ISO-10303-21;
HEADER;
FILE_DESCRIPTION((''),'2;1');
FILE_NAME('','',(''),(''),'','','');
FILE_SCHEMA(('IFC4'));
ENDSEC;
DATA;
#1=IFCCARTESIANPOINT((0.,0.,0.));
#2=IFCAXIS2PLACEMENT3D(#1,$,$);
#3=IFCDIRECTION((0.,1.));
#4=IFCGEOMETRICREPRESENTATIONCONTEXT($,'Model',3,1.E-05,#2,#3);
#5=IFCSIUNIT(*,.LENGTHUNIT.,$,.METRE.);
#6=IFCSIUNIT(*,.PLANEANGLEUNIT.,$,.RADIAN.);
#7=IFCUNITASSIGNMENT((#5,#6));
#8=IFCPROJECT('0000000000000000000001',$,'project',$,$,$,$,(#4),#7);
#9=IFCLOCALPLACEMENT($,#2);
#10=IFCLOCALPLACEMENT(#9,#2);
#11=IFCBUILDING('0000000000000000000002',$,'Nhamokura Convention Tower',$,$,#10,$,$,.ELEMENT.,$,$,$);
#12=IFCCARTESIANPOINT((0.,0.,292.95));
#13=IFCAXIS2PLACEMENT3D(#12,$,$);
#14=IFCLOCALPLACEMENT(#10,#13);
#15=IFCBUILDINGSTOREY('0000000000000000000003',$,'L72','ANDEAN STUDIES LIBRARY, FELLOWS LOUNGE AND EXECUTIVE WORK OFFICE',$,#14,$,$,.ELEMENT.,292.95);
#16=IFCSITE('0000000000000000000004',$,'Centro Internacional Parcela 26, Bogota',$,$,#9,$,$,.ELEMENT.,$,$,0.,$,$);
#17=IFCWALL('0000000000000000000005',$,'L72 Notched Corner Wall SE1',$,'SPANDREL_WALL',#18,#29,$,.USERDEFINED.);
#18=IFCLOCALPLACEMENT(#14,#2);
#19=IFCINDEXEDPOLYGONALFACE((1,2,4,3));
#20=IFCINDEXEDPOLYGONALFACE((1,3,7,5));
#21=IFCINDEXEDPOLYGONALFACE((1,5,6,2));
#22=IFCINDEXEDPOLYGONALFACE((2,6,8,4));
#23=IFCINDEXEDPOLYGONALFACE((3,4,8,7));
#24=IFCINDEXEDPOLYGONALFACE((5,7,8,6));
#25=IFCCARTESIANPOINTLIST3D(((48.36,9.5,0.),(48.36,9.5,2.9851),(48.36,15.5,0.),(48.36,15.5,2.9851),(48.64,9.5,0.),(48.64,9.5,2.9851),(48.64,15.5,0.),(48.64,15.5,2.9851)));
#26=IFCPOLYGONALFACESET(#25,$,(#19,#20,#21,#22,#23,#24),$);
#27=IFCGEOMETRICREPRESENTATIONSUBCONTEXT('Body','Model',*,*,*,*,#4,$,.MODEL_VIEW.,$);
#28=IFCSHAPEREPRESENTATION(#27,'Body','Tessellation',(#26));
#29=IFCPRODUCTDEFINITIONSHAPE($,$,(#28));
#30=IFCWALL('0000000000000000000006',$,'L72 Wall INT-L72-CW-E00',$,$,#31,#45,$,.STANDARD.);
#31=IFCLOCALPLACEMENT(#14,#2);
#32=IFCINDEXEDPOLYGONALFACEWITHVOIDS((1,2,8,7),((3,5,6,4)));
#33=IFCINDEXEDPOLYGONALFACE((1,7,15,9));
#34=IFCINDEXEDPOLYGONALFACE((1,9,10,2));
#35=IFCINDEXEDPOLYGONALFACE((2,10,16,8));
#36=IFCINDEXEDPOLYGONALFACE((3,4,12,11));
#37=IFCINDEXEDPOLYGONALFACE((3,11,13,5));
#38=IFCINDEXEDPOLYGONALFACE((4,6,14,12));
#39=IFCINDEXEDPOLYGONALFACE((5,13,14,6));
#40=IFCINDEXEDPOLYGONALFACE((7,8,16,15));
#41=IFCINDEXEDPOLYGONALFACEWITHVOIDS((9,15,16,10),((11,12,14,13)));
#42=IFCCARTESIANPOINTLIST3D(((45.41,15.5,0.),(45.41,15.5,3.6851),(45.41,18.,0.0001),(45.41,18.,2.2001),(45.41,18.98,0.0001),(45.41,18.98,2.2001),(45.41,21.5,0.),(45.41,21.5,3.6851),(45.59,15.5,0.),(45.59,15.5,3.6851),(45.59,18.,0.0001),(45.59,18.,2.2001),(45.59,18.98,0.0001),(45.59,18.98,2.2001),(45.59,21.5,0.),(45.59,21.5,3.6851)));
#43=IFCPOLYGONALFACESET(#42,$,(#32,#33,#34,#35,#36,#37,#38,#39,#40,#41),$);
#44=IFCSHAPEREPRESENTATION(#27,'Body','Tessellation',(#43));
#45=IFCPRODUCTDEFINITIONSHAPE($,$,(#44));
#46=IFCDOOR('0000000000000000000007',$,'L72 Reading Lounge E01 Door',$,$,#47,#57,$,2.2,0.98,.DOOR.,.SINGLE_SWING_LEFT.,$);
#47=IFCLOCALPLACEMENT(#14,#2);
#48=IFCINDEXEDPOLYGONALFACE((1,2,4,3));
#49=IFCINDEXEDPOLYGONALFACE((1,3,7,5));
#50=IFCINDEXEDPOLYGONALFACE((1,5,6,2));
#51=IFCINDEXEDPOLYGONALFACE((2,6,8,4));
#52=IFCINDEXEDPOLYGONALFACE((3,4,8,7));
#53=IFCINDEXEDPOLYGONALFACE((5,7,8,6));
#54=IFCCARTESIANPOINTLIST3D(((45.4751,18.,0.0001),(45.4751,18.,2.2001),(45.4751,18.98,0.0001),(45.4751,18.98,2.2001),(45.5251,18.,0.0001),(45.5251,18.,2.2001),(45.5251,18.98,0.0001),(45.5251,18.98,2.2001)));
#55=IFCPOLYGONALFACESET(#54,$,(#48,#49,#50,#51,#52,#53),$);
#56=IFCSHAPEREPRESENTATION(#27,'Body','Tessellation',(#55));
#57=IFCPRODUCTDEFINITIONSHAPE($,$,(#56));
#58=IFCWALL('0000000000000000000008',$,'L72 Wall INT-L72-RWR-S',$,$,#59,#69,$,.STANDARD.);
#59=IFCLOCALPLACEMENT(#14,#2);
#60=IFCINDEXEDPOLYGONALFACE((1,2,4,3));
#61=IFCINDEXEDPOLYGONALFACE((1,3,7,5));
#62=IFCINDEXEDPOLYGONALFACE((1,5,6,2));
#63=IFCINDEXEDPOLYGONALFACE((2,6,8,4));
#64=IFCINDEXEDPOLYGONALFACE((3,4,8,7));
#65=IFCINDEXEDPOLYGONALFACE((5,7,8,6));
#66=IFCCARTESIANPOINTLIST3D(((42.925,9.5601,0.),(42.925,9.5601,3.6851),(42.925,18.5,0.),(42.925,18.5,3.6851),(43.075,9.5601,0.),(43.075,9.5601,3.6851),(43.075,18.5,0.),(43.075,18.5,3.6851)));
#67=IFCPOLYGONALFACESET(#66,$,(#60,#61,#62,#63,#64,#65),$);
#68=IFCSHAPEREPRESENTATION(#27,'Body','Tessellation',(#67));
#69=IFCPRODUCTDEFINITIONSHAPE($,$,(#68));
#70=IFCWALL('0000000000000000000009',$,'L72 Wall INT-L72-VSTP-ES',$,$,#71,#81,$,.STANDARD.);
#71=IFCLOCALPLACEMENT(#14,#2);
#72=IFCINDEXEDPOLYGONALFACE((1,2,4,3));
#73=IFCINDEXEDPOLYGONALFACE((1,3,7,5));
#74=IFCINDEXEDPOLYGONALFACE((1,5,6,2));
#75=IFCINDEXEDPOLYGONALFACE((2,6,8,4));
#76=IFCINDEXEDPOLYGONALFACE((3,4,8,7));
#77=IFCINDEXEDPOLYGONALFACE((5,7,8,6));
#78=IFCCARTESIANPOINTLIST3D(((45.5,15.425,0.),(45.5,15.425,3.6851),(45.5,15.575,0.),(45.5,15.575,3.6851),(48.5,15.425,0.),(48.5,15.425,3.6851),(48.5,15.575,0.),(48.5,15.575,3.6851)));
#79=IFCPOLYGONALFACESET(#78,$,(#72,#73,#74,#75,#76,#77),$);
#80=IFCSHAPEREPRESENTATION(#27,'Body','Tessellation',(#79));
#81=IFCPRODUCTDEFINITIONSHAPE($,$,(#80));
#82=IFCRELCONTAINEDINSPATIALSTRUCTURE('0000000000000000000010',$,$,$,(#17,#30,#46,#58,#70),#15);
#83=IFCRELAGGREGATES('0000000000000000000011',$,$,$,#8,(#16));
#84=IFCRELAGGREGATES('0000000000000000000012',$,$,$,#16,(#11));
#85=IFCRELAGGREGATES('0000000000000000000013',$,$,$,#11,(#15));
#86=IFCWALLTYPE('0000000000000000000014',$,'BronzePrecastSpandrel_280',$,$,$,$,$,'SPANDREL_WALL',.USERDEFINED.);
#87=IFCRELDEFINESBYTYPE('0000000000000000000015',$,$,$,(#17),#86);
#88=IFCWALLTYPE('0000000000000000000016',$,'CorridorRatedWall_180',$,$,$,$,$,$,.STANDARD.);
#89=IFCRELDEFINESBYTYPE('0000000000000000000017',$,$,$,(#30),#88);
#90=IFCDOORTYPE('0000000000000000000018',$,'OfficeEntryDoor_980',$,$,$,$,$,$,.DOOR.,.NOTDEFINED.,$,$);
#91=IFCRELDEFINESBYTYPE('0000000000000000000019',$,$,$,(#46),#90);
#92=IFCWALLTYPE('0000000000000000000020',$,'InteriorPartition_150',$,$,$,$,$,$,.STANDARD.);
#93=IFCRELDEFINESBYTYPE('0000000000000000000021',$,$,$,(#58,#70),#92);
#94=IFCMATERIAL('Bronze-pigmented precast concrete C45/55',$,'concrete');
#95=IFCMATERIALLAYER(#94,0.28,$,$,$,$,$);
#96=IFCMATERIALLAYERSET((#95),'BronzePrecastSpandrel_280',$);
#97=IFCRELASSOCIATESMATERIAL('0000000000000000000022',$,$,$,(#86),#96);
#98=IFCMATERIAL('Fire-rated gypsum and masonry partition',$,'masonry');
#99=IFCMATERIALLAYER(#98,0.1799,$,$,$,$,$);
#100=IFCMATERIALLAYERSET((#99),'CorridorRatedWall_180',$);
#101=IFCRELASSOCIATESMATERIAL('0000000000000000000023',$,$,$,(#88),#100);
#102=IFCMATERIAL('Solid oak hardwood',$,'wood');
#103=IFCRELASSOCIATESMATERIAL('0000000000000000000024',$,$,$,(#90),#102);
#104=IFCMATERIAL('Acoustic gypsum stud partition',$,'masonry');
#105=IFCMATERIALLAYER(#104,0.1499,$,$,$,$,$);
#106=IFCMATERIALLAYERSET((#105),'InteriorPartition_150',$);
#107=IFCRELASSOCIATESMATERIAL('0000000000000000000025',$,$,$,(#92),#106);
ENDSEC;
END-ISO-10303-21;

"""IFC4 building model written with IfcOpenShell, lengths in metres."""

from ifc_helpers import new_model, si_unit, direction, frame, frame_2d, origin, place, context, subcontext, project, spatial, rectangle, extrude, material, layer, layer_set, type_object, element, fill, save


model = new_model("IFC4")

# Units and contexts
model_context = context("Model", 3, precision=1e-05, world=origin(), true_north=direction((0.0, 1.0)))
body_context = subcontext(model_context, "Body", "Model", "MODEL_VIEW")
ifc_project = project(units=[si_unit("LENGTHUNIT", "METRE"), si_unit("PLANEANGLEUNIT", "RADIAN")], contexts=[model_context])

# Site, building, storey
site_placement = place(None, origin())
site = spatial("IfcSite", under=ifc_project, at=site_placement, Name="Centro Internacional Parcela 26, Bogota", CompositionType="ELEMENT", RefElevation=0.0)
building_placement = place(site_placement, origin())
building = spatial("IfcBuilding", under=site, at=building_placement, Name="Nhamokura Convention Tower", CompositionType="ELEMENT")
storey_placement = place(building_placement, frame((0.0, 0.0, 292.95)))
storey = spatial("IfcBuildingStorey", under=building, at=storey_placement, Name="L72", Description="ANDEAN STUDIES LIBRARY, FELLOWS LOUNGE AND EXECUTIVE WORK OFFICE", CompositionType="ELEMENT", Elevation=292.95)

# Shared definitions
ifc_material_1 = material(Name="Bronze-pigmented precast concrete C45/55", Category="concrete")
ifc_layer_1 = layer(ifc_material_1, 0.28)
ifc_layer_set_1 = layer_set([ifc_layer_1], Name="BronzePrecastSpandrel_280")
wall_type_1 = type_object("IfcWallType", Name="BronzePrecastSpandrel_280", ElementType="SPANDREL_WALL", PredefinedType="USERDEFINED", material=ifc_layer_set_1)

# Wall
wall_1_placement = place(storey_placement, frame((48.5, 15.5, 0.0), z_axis=(0.0, 0.0, 1.0), x_axis=(0.0, -1.0, 0.0)))
element("IfcWall", 1, at=wall_1_placement, inside=storey, type_object=wall_type_1, Name="L72 Notched Corner Wall SE1", ObjectType="SPANDREL_WALL", PredefinedType="USERDEFINED", context=body_context, shape_type="SweptSolid", body=[
    extrude(rectangle(XDim=6.0, YDim=0.28, at=frame_2d((3.0, 0.0))), origin(), (0.0, 0.0, 1.0), 2.9851),
])

# Wall, opening, door
ifc_material_2 = material(Name="Fire-rated gypsum and masonry partition", Category="masonry")
ifc_layer_2 = layer(ifc_material_2, 0.1799)
ifc_layer_set_2 = layer_set([ifc_layer_2], Name="CorridorRatedWall_180")
wall_type_2 = type_object("IfcWallType", Name="CorridorRatedWall_180", PredefinedType="STANDARD", material=ifc_layer_set_2)
wall_2_placement = place(storey_placement, frame((45.5, 15.5, 0.0), z_axis=(0.0, 0.0, 1.0), x_axis=(0.0, 1.0, 0.0)))
wall_2 = element("IfcWall", 2, at=wall_2_placement, inside=storey, type_object=wall_type_2, Name="L72 Wall INT-L72-CW-E00", PredefinedType="STANDARD", context=body_context, shape_type="SweptSolid", body=[
    extrude(rectangle(XDim=6.0, YDim=0.1799, at=frame_2d((3.0, 0.0))), origin(), (0.0, 0.0, 1.0), 3.6851),
])
opening_1_placement = place(wall_2_placement, frame((2.5, 0.0, 0.0)))
opening_1 = element("IfcOpeningElement", 3, at=opening_1_placement, cuts=wall_2, PredefinedType="OPENING", context=body_context, shape_type="SweptSolid", body=[
    extrude(rectangle(XDim=0.98, YDim=2.2, at=frame_2d((0.49, 1.1001))), frame((0.0, 0.0999, 0.0), z_axis=(0.0, -1.0, 0.0), x_axis=(1.0, 0.0, 0.0)), (0.0, 0.0, 1.0), 0.2),
])
ifc_material_3 = material(Name="Solid oak hardwood", Category="wood")
door_type = type_object("IfcDoorType", Name="OfficeEntryDoor_980", OperationType="NOTDEFINED", PredefinedType="DOOR", material=ifc_material_3)
door_placement = place(opening_1_placement, origin())
door = element("IfcDoor", 4, at=door_placement, inside=storey, type_object=door_type, Name="L72 Reading Lounge E01 Door", OperationType="SINGLE_SWING_LEFT", OverallHeight=2.2, OverallWidth=0.98, PredefinedType="DOOR", context=body_context, shape_type="SweptSolid", body=[
    extrude(rectangle(XDim=0.98, YDim=2.2, at=frame_2d((0.49, 1.1001))), frame((0.0, 0.0249, 0.0), z_axis=(0.0, -1.0, 0.0), x_axis=(1.0, 0.0, 0.0)), (0.0, 0.0, 1.0), 0.05),
])
fill(opening_1, door)

# Walls
ifc_material_4 = material(Name="Acoustic gypsum stud partition", Category="masonry")
ifc_layer_3 = layer(ifc_material_4, 0.1499)
ifc_layer_set_3 = layer_set([ifc_layer_3], Name="InteriorPartition_150")
wall_type_3 = type_object("IfcWallType", Name="InteriorPartition_150", PredefinedType="STANDARD", material=ifc_layer_set_3)
wall_3_placement = place(storey_placement, frame((43.0, 9.5601, 0.0), z_axis=(0.0, 0.0, 1.0), x_axis=(0.0, 1.0, 0.0)))
element("IfcWall", 5, at=wall_3_placement, inside=storey, type_object=wall_type_3, Name="L72 Wall INT-L72-RWR-S", PredefinedType="STANDARD", context=body_context, shape_type="SweptSolid", body=[
    extrude(rectangle(XDim=8.9399, YDim=0.1499, at=frame_2d((4.47, 0.0))), origin(), (0.0, 0.0, 1.0), 3.6851),
])
wall_4_placement = place(storey_placement, frame((45.5, 15.5, 0.0), z_axis=(0.0, 0.0, 1.0), x_axis=(1.0, 0.0, 0.0)))
element("IfcWall", 6, at=wall_4_placement, inside=storey, type_object=wall_type_3, Name="L72 Wall INT-L72-VSTP-ES", PredefinedType="STANDARD", context=body_context, shape_type="SweptSolid", body=[
    extrude(rectangle(XDim=3.0, YDim=0.1499, at=frame_2d((1.5, 0.0))), origin(), (0.0, 0.0, 1.0), 3.6851),
])

save(model, "model.ifc")
